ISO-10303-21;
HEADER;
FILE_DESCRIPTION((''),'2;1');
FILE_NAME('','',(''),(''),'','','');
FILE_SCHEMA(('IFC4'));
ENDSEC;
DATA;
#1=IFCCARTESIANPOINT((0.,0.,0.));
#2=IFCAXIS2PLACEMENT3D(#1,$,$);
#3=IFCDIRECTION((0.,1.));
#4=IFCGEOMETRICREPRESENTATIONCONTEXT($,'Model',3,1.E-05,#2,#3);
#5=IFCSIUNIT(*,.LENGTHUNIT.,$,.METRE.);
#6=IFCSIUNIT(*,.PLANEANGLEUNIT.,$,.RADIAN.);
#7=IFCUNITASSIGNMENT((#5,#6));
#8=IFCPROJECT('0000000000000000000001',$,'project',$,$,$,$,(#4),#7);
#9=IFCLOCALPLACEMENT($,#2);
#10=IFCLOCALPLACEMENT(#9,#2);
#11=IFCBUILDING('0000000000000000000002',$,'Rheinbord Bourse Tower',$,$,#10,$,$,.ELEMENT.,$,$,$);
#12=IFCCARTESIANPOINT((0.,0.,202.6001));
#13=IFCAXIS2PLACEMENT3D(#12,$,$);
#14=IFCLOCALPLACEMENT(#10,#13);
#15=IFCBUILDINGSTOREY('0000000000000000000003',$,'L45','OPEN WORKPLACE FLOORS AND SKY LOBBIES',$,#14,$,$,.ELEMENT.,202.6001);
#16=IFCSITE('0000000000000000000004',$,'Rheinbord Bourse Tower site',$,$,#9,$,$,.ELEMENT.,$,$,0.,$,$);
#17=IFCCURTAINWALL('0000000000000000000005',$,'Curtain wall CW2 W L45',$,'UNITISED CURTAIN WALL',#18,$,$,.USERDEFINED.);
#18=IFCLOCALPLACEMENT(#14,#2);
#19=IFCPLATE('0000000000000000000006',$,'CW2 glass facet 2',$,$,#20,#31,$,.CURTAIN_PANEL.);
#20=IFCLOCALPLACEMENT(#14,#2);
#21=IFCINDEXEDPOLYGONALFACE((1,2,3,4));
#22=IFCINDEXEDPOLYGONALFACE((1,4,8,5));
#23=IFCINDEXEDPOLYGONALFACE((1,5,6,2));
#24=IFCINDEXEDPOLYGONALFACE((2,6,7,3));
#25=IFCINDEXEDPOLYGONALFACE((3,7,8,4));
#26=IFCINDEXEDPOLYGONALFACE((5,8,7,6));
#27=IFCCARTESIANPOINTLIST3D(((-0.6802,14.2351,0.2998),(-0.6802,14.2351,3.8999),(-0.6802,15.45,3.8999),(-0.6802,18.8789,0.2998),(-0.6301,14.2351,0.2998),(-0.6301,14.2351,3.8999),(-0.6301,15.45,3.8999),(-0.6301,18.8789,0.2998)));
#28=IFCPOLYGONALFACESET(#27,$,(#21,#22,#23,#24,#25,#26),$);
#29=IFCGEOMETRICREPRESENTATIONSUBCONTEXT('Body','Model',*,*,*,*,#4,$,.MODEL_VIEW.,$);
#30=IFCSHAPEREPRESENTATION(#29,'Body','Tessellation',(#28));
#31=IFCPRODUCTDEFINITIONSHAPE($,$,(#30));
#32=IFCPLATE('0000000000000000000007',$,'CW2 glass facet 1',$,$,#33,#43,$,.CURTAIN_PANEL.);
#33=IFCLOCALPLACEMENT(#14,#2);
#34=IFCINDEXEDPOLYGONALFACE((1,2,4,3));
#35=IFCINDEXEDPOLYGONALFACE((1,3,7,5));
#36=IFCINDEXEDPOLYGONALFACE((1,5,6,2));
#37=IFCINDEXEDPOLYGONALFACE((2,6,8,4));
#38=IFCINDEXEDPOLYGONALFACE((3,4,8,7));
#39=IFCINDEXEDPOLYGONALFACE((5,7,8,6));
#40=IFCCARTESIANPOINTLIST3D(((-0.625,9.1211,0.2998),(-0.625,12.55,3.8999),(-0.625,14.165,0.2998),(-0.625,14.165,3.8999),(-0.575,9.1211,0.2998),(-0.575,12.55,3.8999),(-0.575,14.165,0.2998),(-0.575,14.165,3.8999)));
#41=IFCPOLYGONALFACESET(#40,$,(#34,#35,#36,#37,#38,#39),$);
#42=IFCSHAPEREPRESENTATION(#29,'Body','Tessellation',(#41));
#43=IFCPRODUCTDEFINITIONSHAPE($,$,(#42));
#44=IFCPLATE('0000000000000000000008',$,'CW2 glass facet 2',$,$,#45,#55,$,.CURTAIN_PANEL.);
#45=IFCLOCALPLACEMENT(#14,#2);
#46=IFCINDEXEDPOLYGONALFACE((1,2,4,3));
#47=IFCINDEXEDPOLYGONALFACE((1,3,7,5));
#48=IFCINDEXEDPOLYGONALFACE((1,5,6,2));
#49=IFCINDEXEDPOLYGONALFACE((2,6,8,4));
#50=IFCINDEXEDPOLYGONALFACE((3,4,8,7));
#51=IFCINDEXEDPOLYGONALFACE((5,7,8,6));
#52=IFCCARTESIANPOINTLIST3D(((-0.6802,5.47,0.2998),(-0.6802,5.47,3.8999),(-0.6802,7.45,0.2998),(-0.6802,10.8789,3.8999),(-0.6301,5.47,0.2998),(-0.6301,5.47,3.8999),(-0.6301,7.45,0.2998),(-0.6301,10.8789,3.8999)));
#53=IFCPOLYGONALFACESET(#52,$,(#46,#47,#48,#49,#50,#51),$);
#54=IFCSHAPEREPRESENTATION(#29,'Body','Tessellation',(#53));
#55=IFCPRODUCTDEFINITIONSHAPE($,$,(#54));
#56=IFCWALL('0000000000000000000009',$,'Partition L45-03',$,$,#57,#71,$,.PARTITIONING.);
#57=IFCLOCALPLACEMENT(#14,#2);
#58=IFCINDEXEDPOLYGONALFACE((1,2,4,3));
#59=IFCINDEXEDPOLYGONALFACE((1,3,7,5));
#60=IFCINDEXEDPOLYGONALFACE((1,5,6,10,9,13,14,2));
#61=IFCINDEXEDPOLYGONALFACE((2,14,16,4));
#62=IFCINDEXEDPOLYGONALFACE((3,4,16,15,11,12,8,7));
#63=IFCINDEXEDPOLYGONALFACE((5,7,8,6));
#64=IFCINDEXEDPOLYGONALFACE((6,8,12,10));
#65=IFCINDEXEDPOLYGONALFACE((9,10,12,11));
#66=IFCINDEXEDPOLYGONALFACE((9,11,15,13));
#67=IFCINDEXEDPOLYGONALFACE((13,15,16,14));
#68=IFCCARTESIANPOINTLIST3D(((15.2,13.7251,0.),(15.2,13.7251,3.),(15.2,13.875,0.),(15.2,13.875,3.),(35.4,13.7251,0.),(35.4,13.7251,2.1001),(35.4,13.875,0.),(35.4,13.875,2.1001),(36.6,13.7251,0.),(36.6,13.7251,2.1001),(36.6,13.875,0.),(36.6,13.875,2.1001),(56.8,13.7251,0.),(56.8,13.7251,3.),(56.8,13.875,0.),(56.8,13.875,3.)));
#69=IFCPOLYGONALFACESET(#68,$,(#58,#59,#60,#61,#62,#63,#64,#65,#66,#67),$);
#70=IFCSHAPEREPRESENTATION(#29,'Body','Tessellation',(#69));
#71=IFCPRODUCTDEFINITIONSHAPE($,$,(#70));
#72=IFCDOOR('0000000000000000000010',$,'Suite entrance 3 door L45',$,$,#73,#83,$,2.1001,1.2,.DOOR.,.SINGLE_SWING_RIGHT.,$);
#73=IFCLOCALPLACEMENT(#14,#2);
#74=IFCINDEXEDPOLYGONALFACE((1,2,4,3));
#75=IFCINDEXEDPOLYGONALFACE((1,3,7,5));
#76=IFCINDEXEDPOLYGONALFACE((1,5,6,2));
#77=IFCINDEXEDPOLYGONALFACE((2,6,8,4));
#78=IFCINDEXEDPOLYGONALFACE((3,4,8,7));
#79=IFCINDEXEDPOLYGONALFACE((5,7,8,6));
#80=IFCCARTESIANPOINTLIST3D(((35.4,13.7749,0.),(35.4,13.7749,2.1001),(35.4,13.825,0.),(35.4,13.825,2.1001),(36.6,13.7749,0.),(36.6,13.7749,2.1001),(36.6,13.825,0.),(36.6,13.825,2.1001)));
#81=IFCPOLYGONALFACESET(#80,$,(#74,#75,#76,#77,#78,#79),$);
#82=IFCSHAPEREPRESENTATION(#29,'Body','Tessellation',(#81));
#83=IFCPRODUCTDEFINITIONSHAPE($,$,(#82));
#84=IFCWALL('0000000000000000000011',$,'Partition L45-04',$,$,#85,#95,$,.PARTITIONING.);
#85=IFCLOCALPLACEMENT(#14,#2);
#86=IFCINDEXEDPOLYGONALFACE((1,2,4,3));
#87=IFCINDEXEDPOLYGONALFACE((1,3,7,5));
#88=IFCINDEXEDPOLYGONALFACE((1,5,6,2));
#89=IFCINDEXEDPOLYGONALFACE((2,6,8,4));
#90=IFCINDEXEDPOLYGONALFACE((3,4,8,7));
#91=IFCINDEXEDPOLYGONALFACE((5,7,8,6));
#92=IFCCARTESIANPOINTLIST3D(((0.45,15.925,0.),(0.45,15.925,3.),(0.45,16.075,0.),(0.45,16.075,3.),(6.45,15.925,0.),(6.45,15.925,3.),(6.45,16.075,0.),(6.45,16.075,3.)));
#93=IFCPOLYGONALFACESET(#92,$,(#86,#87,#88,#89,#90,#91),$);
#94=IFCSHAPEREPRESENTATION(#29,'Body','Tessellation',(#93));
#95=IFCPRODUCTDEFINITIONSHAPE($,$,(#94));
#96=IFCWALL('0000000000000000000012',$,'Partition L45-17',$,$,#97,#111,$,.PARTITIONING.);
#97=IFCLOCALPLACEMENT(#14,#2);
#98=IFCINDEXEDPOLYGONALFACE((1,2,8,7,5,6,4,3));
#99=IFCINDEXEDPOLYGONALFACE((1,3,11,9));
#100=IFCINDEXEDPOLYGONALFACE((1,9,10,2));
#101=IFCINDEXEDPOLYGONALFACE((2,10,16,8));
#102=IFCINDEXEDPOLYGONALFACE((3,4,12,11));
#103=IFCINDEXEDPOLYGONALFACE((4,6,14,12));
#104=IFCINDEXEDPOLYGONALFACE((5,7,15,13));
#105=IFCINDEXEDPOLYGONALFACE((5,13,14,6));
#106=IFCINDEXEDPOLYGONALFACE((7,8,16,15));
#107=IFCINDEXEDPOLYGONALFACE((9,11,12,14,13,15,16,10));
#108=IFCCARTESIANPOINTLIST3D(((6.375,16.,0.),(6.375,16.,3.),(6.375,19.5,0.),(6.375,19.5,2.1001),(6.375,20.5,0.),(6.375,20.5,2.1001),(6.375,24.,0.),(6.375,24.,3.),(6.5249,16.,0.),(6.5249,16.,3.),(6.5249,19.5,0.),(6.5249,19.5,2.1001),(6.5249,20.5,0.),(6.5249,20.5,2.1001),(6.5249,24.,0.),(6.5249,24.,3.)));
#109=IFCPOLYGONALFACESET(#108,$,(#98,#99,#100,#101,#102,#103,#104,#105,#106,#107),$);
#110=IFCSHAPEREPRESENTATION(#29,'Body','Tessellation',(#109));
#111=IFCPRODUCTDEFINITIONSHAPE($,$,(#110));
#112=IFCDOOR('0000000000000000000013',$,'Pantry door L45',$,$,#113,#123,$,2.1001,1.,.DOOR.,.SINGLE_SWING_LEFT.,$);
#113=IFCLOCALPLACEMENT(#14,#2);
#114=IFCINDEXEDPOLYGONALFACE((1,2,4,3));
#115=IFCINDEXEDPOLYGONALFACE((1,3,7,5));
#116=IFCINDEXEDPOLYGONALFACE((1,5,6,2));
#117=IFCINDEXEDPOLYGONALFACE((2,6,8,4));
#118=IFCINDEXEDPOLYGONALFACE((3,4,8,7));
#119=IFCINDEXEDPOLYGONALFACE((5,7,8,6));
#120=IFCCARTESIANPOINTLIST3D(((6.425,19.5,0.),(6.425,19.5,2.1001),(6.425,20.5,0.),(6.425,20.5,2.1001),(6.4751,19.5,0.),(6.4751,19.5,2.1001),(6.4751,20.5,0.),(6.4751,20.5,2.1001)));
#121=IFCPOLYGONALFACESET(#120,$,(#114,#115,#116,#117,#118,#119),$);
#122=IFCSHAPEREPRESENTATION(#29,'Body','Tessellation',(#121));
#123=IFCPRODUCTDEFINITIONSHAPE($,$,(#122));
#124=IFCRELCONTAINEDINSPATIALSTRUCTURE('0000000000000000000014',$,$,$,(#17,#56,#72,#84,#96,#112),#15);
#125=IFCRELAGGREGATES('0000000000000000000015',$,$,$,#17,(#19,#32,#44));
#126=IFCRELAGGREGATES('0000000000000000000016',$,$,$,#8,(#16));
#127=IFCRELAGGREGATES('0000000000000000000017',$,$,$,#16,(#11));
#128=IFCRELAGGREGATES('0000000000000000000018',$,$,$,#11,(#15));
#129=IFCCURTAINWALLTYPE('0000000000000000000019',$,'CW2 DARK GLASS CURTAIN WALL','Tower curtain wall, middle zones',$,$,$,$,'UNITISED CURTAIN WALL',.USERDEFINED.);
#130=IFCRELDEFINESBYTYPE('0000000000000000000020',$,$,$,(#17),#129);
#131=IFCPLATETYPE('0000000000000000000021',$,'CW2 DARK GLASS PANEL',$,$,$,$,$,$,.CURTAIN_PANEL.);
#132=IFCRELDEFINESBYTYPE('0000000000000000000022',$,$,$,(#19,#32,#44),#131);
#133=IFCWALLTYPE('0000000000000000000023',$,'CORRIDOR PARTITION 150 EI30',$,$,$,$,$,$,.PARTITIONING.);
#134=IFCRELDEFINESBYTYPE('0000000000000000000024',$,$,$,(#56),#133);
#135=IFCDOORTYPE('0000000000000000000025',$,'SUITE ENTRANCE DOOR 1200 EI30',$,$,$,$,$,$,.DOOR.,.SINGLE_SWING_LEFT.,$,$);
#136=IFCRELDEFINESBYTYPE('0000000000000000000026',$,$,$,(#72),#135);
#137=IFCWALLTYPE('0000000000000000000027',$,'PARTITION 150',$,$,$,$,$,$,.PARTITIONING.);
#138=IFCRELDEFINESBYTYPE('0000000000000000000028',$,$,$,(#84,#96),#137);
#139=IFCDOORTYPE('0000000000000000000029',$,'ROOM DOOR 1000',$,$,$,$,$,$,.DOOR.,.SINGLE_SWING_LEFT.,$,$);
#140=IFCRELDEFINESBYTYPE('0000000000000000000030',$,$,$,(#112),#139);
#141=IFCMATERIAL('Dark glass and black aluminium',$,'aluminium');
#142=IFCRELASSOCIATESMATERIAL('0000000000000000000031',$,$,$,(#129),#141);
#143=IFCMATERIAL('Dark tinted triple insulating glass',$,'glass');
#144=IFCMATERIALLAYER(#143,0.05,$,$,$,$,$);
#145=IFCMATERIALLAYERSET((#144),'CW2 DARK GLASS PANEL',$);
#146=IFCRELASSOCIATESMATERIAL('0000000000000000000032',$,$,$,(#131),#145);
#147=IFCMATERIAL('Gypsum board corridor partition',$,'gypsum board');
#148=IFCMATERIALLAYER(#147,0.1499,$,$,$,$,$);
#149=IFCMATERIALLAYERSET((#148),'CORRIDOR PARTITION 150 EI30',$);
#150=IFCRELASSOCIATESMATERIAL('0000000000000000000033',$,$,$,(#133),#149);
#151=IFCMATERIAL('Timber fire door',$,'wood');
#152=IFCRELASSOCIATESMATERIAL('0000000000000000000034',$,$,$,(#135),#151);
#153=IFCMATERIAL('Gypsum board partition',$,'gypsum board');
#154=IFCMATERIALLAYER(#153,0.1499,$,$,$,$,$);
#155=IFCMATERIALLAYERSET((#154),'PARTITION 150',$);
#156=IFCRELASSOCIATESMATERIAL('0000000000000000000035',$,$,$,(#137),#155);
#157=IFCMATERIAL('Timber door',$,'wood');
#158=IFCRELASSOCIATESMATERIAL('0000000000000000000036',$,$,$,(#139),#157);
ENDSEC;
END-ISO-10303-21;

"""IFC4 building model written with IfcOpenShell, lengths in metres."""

from ifc_helpers import new_model, si_unit, direction, frame, frame_2d, origin, place, context, subcontext, project, spatial, polyline, rectangle, outline, extrude, material, layer, layer_set, type_object, element, fill, aggregate, save


model = new_model("IFC4")

# Units and contexts
model_context = context("Model", 3, precision=1e-05, world=origin(), true_north=direction((0.0, 1.0)))
body_context = subcontext(model_context, "Body", "Model", "MODEL_VIEW")
ifc_project = project(units=[si_unit("LENGTHUNIT", "METRE"), si_unit("PLANEANGLEUNIT", "RADIAN")], contexts=[model_context])

# Site, building, storey
site_placement = place(None, origin())
site = spatial("IfcSite", under=ifc_project, at=site_placement, Name="Rheinbord Bourse Tower site", CompositionType="ELEMENT", RefElevation=0.0)
building_placement = place(site_placement, origin())
building = spatial("IfcBuilding", under=site, at=building_placement, Name="Rheinbord Bourse Tower", CompositionType="ELEMENT")
storey_placement = place(building_placement, frame((0.0, 0.0, 202.6001)))
storey = spatial("IfcBuildingStorey", under=building, at=storey_placement, Name="L45", Description="OPEN WORKPLACE FLOORS AND SKY LOBBIES", CompositionType="ELEMENT", Elevation=202.6001)

# Curtain wall
ifc_material_1 = material(Name="Dark glass and black aluminium", Category="aluminium")
curtain_wall_type = type_object("IfcCurtainWallType", Name="CW2 DARK GLASS CURTAIN WALL", Description="Tower curtain wall, middle zones", ElementType="UNITISED CURTAIN WALL", PredefinedType="USERDEFINED", material=ifc_material_1)
curtain_wall_placement = place(storey_placement, origin())
curtain_wall = element("IfcCurtainWall", 1, at=curtain_wall_placement, inside=storey, type_object=curtain_wall_type, Name="Curtain wall CW2 W L45", ObjectType="UNITISED CURTAIN WALL", PredefinedType="USERDEFINED")

# Plates
ifc_material_2 = material(Name="Dark tinted triple insulating glass", Category="glass")
ifc_layer_1 = layer(ifc_material_2, 0.05)
ifc_layer_set_1 = layer_set([ifc_layer_1], Name="CW2 DARK GLASS PANEL")
plate_type = type_object("IfcPlateType", Name="CW2 DARK GLASS PANEL", PredefinedType="CURTAIN_PANEL", material=ifc_layer_set_1)
plate_1_placement = place(storey_placement, frame((-0.6802, 14.2351, 3.8999), z_axis=(1.0, 0.0, 0.0), x_axis=(0.0, 0.0, -1.0)))
plate_1 = element("IfcPlate", 2, at=plate_1_placement, type_object=plate_type, Name="CW2 glass facet 2", PredefinedType="CURTAIN_PANEL", context=body_context, shape_type="SweptSolid", body=[
    extrude(outline(polyline([(0.0, 0.0), (3.6001, 0.0), (3.6001, 4.6438), (0.0, 1.2148), (0.0, 0.0)])), origin(), (0.0, 0.0, 1.0), 0.05),
])
plate_2_placement = place(storey_placement, frame((-0.625, 14.165, 0.2998), z_axis=(1.0, 0.0, 0.0), x_axis=(0.0, 0.0, 1.0)))
plate_2 = element("IfcPlate", 3, at=plate_2_placement, type_object=plate_type, Name="CW2 glass facet 1", PredefinedType="CURTAIN_PANEL", context=body_context, shape_type="SweptSolid", body=[
    extrude(outline(polyline([(0.0, 0.0), (3.6001, 0.0), (3.6001, 1.615), (0.0, 5.0439), (0.0, 0.0)])), origin(), (0.0, 0.0, 1.0), 0.05),
])
plate_3_placement = place(storey_placement, frame((-0.6802, 5.47, 3.8999), z_axis=(1.0, 0.0, 0.0), x_axis=(0.0, 0.0, -1.0)))
plate_3 = element("IfcPlate", 4, at=plate_3_placement, type_object=plate_type, Name="CW2 glass facet 2", PredefinedType="CURTAIN_PANEL", context=body_context, shape_type="SweptSolid", body=[
    extrude(outline(polyline([(0.0, 0.0), (3.6001, 0.0), (3.6001, 1.98), (0.0, 5.4089), (0.0, 0.0)])), origin(), (0.0, 0.0, 1.0), 0.05),
])
aggregate(curtain_wall, [plate_1, plate_2, plate_3])

# Wall, opening, door
ifc_material_3 = material(Name="Gypsum board corridor partition", Category="gypsum board")
ifc_layer_2 = layer(ifc_material_3, 0.1499)
ifc_layer_set_2 = layer_set([ifc_layer_2], Name="CORRIDOR PARTITION 150 EI30")
wall_type_1 = type_object("IfcWallType", Name="CORRIDOR PARTITION 150 EI30", PredefinedType="PARTITIONING", material=ifc_layer_set_2)
wall_1_placement = place(storey_placement, frame((15.2, 13.8, 0.0), z_axis=(0.0, 0.0, 1.0), x_axis=(1.0, 0.0, 0.0)))
wall_1 = element("IfcWall", 5, at=wall_1_placement, inside=storey, type_object=wall_type_1, Name="Partition L45-03", PredefinedType="PARTITIONING", context=body_context, shape_type="SweptSolid", body=[
    extrude(rectangle(XDim=41.6001, YDim=0.1499, at=frame_2d((20.8, 0.0))), origin(), (0.0, 0.0, 1.0), 3.0),
])
opening_1_placement = place(wall_1_placement, frame((20.2, 0.0, 0.0)))
opening_1 = element("IfcOpeningElement", 6, at=opening_1_placement, cuts=wall_1, PredefinedType="OPENING", context=body_context, shape_type="SweptSolid", body=[
    extrude(rectangle(XDim=1.2, YDim=2.1001, at=frame_2d((0.6001, 1.05))), frame((0.0, 0.085, 0.0), z_axis=(0.0, -1.0, 0.0), x_axis=(1.0, 0.0, 0.0)), (0.0, 0.0, 1.0), 0.1699),
])
ifc_material_4 = material(Name="Timber fire door", Category="wood")
door_type_1 = type_object("IfcDoorType", Name="SUITE ENTRANCE DOOR 1200 EI30", OperationType="SINGLE_SWING_LEFT", PredefinedType="DOOR", material=ifc_material_4)
door_1_placement = place(opening_1_placement, origin())
door_1 = element("IfcDoor", 7, at=door_1_placement, inside=storey, type_object=door_type_1, Name="Suite entrance 3 door L45", OperationType="SINGLE_SWING_RIGHT", OverallHeight=2.1001, OverallWidth=1.2, PredefinedType="DOOR", context=body_context, shape_type="SweptSolid", body=[
    extrude(rectangle(XDim=1.2, YDim=2.1001, at=frame_2d((0.6001, 1.05))), frame((0.0, 0.0249, 0.0), z_axis=(0.0, -1.0, 0.0), x_axis=(1.0, 0.0, 0.0)), (0.0, 0.0, 1.0), 0.05),
])
fill(opening_1, door_1)

# Wall
ifc_material_5 = material(Name="Gypsum board partition", Category="gypsum board")
ifc_layer_3 = layer(ifc_material_5, 0.1499)
ifc_layer_set_3 = layer_set([ifc_layer_3], Name="PARTITION 150")
wall_type_2 = type_object("IfcWallType", Name="PARTITION 150", PredefinedType="PARTITIONING", material=ifc_layer_set_3)
wall_2_placement = place(storey_placement, frame((0.45, 16.0, 0.0), z_axis=(0.0, 0.0, 1.0), x_axis=(1.0, 0.0, 0.0)))
element("IfcWall", 8, at=wall_2_placement, inside=storey, type_object=wall_type_2, Name="Partition L45-04", PredefinedType="PARTITIONING", context=body_context, shape_type="SweptSolid", body=[
    extrude(rectangle(XDim=6.0, YDim=0.1499, at=frame_2d((3.0, 0.0))), origin(), (0.0, 0.0, 1.0), 3.0),
])

# Wall, opening, door
wall_3_placement = place(storey_placement, frame((6.45, 16.0, 0.0), z_axis=(0.0, 0.0, 1.0), x_axis=(0.0, 1.0, 0.0)))
wall_3 = element("IfcWall", 9, at=wall_3_placement, inside=storey, type_object=wall_type_2, Name="Partition L45-17", PredefinedType="PARTITIONING", context=body_context, shape_type="SweptSolid", body=[
    extrude(rectangle(XDim=8.0, YDim=0.1499, at=frame_2d((4.0, 0.0))), origin(), (0.0, 0.0, 1.0), 3.0),
])
opening_2_placement = place(wall_3_placement, frame((3.5, 0.0, 0.0)))
opening_2 = element("IfcOpeningElement", 10, at=opening_2_placement, cuts=wall_3, PredefinedType="OPENING", context=body_context, shape_type="SweptSolid", body=[
    extrude(rectangle(XDim=1.0, YDim=2.1001, at=frame_2d((0.5, 1.05))), frame((0.0, 0.085, 0.0), z_axis=(0.0, -1.0, 0.0), x_axis=(1.0, 0.0, 0.0)), (0.0, 0.0, 1.0), 0.1699),
])
ifc_material_6 = material(Name="Timber door", Category="wood")
door_type_2 = type_object("IfcDoorType", Name="ROOM DOOR 1000", OperationType="SINGLE_SWING_LEFT", PredefinedType="DOOR", material=ifc_material_6)
door_2_placement = place(opening_2_placement, origin())
door_2 = element("IfcDoor", 11, at=door_2_placement, inside=storey, type_object=door_type_2, Name="Pantry door L45", OperationType="SINGLE_SWING_LEFT", OverallHeight=2.1001, OverallWidth=1.0, PredefinedType="DOOR", context=body_context, shape_type="SweptSolid", body=[
    extrude(rectangle(XDim=1.0, YDim=2.1001, at=frame_2d((0.5, 1.05))), frame((0.0, 0.0249, 0.0), z_axis=(0.0, -1.0, 0.0), x_axis=(1.0, 0.0, 0.0)), (0.0, 0.0, 1.0), 0.05),
])
fill(opening_2, door_2)

save(model, "model.ifc")
